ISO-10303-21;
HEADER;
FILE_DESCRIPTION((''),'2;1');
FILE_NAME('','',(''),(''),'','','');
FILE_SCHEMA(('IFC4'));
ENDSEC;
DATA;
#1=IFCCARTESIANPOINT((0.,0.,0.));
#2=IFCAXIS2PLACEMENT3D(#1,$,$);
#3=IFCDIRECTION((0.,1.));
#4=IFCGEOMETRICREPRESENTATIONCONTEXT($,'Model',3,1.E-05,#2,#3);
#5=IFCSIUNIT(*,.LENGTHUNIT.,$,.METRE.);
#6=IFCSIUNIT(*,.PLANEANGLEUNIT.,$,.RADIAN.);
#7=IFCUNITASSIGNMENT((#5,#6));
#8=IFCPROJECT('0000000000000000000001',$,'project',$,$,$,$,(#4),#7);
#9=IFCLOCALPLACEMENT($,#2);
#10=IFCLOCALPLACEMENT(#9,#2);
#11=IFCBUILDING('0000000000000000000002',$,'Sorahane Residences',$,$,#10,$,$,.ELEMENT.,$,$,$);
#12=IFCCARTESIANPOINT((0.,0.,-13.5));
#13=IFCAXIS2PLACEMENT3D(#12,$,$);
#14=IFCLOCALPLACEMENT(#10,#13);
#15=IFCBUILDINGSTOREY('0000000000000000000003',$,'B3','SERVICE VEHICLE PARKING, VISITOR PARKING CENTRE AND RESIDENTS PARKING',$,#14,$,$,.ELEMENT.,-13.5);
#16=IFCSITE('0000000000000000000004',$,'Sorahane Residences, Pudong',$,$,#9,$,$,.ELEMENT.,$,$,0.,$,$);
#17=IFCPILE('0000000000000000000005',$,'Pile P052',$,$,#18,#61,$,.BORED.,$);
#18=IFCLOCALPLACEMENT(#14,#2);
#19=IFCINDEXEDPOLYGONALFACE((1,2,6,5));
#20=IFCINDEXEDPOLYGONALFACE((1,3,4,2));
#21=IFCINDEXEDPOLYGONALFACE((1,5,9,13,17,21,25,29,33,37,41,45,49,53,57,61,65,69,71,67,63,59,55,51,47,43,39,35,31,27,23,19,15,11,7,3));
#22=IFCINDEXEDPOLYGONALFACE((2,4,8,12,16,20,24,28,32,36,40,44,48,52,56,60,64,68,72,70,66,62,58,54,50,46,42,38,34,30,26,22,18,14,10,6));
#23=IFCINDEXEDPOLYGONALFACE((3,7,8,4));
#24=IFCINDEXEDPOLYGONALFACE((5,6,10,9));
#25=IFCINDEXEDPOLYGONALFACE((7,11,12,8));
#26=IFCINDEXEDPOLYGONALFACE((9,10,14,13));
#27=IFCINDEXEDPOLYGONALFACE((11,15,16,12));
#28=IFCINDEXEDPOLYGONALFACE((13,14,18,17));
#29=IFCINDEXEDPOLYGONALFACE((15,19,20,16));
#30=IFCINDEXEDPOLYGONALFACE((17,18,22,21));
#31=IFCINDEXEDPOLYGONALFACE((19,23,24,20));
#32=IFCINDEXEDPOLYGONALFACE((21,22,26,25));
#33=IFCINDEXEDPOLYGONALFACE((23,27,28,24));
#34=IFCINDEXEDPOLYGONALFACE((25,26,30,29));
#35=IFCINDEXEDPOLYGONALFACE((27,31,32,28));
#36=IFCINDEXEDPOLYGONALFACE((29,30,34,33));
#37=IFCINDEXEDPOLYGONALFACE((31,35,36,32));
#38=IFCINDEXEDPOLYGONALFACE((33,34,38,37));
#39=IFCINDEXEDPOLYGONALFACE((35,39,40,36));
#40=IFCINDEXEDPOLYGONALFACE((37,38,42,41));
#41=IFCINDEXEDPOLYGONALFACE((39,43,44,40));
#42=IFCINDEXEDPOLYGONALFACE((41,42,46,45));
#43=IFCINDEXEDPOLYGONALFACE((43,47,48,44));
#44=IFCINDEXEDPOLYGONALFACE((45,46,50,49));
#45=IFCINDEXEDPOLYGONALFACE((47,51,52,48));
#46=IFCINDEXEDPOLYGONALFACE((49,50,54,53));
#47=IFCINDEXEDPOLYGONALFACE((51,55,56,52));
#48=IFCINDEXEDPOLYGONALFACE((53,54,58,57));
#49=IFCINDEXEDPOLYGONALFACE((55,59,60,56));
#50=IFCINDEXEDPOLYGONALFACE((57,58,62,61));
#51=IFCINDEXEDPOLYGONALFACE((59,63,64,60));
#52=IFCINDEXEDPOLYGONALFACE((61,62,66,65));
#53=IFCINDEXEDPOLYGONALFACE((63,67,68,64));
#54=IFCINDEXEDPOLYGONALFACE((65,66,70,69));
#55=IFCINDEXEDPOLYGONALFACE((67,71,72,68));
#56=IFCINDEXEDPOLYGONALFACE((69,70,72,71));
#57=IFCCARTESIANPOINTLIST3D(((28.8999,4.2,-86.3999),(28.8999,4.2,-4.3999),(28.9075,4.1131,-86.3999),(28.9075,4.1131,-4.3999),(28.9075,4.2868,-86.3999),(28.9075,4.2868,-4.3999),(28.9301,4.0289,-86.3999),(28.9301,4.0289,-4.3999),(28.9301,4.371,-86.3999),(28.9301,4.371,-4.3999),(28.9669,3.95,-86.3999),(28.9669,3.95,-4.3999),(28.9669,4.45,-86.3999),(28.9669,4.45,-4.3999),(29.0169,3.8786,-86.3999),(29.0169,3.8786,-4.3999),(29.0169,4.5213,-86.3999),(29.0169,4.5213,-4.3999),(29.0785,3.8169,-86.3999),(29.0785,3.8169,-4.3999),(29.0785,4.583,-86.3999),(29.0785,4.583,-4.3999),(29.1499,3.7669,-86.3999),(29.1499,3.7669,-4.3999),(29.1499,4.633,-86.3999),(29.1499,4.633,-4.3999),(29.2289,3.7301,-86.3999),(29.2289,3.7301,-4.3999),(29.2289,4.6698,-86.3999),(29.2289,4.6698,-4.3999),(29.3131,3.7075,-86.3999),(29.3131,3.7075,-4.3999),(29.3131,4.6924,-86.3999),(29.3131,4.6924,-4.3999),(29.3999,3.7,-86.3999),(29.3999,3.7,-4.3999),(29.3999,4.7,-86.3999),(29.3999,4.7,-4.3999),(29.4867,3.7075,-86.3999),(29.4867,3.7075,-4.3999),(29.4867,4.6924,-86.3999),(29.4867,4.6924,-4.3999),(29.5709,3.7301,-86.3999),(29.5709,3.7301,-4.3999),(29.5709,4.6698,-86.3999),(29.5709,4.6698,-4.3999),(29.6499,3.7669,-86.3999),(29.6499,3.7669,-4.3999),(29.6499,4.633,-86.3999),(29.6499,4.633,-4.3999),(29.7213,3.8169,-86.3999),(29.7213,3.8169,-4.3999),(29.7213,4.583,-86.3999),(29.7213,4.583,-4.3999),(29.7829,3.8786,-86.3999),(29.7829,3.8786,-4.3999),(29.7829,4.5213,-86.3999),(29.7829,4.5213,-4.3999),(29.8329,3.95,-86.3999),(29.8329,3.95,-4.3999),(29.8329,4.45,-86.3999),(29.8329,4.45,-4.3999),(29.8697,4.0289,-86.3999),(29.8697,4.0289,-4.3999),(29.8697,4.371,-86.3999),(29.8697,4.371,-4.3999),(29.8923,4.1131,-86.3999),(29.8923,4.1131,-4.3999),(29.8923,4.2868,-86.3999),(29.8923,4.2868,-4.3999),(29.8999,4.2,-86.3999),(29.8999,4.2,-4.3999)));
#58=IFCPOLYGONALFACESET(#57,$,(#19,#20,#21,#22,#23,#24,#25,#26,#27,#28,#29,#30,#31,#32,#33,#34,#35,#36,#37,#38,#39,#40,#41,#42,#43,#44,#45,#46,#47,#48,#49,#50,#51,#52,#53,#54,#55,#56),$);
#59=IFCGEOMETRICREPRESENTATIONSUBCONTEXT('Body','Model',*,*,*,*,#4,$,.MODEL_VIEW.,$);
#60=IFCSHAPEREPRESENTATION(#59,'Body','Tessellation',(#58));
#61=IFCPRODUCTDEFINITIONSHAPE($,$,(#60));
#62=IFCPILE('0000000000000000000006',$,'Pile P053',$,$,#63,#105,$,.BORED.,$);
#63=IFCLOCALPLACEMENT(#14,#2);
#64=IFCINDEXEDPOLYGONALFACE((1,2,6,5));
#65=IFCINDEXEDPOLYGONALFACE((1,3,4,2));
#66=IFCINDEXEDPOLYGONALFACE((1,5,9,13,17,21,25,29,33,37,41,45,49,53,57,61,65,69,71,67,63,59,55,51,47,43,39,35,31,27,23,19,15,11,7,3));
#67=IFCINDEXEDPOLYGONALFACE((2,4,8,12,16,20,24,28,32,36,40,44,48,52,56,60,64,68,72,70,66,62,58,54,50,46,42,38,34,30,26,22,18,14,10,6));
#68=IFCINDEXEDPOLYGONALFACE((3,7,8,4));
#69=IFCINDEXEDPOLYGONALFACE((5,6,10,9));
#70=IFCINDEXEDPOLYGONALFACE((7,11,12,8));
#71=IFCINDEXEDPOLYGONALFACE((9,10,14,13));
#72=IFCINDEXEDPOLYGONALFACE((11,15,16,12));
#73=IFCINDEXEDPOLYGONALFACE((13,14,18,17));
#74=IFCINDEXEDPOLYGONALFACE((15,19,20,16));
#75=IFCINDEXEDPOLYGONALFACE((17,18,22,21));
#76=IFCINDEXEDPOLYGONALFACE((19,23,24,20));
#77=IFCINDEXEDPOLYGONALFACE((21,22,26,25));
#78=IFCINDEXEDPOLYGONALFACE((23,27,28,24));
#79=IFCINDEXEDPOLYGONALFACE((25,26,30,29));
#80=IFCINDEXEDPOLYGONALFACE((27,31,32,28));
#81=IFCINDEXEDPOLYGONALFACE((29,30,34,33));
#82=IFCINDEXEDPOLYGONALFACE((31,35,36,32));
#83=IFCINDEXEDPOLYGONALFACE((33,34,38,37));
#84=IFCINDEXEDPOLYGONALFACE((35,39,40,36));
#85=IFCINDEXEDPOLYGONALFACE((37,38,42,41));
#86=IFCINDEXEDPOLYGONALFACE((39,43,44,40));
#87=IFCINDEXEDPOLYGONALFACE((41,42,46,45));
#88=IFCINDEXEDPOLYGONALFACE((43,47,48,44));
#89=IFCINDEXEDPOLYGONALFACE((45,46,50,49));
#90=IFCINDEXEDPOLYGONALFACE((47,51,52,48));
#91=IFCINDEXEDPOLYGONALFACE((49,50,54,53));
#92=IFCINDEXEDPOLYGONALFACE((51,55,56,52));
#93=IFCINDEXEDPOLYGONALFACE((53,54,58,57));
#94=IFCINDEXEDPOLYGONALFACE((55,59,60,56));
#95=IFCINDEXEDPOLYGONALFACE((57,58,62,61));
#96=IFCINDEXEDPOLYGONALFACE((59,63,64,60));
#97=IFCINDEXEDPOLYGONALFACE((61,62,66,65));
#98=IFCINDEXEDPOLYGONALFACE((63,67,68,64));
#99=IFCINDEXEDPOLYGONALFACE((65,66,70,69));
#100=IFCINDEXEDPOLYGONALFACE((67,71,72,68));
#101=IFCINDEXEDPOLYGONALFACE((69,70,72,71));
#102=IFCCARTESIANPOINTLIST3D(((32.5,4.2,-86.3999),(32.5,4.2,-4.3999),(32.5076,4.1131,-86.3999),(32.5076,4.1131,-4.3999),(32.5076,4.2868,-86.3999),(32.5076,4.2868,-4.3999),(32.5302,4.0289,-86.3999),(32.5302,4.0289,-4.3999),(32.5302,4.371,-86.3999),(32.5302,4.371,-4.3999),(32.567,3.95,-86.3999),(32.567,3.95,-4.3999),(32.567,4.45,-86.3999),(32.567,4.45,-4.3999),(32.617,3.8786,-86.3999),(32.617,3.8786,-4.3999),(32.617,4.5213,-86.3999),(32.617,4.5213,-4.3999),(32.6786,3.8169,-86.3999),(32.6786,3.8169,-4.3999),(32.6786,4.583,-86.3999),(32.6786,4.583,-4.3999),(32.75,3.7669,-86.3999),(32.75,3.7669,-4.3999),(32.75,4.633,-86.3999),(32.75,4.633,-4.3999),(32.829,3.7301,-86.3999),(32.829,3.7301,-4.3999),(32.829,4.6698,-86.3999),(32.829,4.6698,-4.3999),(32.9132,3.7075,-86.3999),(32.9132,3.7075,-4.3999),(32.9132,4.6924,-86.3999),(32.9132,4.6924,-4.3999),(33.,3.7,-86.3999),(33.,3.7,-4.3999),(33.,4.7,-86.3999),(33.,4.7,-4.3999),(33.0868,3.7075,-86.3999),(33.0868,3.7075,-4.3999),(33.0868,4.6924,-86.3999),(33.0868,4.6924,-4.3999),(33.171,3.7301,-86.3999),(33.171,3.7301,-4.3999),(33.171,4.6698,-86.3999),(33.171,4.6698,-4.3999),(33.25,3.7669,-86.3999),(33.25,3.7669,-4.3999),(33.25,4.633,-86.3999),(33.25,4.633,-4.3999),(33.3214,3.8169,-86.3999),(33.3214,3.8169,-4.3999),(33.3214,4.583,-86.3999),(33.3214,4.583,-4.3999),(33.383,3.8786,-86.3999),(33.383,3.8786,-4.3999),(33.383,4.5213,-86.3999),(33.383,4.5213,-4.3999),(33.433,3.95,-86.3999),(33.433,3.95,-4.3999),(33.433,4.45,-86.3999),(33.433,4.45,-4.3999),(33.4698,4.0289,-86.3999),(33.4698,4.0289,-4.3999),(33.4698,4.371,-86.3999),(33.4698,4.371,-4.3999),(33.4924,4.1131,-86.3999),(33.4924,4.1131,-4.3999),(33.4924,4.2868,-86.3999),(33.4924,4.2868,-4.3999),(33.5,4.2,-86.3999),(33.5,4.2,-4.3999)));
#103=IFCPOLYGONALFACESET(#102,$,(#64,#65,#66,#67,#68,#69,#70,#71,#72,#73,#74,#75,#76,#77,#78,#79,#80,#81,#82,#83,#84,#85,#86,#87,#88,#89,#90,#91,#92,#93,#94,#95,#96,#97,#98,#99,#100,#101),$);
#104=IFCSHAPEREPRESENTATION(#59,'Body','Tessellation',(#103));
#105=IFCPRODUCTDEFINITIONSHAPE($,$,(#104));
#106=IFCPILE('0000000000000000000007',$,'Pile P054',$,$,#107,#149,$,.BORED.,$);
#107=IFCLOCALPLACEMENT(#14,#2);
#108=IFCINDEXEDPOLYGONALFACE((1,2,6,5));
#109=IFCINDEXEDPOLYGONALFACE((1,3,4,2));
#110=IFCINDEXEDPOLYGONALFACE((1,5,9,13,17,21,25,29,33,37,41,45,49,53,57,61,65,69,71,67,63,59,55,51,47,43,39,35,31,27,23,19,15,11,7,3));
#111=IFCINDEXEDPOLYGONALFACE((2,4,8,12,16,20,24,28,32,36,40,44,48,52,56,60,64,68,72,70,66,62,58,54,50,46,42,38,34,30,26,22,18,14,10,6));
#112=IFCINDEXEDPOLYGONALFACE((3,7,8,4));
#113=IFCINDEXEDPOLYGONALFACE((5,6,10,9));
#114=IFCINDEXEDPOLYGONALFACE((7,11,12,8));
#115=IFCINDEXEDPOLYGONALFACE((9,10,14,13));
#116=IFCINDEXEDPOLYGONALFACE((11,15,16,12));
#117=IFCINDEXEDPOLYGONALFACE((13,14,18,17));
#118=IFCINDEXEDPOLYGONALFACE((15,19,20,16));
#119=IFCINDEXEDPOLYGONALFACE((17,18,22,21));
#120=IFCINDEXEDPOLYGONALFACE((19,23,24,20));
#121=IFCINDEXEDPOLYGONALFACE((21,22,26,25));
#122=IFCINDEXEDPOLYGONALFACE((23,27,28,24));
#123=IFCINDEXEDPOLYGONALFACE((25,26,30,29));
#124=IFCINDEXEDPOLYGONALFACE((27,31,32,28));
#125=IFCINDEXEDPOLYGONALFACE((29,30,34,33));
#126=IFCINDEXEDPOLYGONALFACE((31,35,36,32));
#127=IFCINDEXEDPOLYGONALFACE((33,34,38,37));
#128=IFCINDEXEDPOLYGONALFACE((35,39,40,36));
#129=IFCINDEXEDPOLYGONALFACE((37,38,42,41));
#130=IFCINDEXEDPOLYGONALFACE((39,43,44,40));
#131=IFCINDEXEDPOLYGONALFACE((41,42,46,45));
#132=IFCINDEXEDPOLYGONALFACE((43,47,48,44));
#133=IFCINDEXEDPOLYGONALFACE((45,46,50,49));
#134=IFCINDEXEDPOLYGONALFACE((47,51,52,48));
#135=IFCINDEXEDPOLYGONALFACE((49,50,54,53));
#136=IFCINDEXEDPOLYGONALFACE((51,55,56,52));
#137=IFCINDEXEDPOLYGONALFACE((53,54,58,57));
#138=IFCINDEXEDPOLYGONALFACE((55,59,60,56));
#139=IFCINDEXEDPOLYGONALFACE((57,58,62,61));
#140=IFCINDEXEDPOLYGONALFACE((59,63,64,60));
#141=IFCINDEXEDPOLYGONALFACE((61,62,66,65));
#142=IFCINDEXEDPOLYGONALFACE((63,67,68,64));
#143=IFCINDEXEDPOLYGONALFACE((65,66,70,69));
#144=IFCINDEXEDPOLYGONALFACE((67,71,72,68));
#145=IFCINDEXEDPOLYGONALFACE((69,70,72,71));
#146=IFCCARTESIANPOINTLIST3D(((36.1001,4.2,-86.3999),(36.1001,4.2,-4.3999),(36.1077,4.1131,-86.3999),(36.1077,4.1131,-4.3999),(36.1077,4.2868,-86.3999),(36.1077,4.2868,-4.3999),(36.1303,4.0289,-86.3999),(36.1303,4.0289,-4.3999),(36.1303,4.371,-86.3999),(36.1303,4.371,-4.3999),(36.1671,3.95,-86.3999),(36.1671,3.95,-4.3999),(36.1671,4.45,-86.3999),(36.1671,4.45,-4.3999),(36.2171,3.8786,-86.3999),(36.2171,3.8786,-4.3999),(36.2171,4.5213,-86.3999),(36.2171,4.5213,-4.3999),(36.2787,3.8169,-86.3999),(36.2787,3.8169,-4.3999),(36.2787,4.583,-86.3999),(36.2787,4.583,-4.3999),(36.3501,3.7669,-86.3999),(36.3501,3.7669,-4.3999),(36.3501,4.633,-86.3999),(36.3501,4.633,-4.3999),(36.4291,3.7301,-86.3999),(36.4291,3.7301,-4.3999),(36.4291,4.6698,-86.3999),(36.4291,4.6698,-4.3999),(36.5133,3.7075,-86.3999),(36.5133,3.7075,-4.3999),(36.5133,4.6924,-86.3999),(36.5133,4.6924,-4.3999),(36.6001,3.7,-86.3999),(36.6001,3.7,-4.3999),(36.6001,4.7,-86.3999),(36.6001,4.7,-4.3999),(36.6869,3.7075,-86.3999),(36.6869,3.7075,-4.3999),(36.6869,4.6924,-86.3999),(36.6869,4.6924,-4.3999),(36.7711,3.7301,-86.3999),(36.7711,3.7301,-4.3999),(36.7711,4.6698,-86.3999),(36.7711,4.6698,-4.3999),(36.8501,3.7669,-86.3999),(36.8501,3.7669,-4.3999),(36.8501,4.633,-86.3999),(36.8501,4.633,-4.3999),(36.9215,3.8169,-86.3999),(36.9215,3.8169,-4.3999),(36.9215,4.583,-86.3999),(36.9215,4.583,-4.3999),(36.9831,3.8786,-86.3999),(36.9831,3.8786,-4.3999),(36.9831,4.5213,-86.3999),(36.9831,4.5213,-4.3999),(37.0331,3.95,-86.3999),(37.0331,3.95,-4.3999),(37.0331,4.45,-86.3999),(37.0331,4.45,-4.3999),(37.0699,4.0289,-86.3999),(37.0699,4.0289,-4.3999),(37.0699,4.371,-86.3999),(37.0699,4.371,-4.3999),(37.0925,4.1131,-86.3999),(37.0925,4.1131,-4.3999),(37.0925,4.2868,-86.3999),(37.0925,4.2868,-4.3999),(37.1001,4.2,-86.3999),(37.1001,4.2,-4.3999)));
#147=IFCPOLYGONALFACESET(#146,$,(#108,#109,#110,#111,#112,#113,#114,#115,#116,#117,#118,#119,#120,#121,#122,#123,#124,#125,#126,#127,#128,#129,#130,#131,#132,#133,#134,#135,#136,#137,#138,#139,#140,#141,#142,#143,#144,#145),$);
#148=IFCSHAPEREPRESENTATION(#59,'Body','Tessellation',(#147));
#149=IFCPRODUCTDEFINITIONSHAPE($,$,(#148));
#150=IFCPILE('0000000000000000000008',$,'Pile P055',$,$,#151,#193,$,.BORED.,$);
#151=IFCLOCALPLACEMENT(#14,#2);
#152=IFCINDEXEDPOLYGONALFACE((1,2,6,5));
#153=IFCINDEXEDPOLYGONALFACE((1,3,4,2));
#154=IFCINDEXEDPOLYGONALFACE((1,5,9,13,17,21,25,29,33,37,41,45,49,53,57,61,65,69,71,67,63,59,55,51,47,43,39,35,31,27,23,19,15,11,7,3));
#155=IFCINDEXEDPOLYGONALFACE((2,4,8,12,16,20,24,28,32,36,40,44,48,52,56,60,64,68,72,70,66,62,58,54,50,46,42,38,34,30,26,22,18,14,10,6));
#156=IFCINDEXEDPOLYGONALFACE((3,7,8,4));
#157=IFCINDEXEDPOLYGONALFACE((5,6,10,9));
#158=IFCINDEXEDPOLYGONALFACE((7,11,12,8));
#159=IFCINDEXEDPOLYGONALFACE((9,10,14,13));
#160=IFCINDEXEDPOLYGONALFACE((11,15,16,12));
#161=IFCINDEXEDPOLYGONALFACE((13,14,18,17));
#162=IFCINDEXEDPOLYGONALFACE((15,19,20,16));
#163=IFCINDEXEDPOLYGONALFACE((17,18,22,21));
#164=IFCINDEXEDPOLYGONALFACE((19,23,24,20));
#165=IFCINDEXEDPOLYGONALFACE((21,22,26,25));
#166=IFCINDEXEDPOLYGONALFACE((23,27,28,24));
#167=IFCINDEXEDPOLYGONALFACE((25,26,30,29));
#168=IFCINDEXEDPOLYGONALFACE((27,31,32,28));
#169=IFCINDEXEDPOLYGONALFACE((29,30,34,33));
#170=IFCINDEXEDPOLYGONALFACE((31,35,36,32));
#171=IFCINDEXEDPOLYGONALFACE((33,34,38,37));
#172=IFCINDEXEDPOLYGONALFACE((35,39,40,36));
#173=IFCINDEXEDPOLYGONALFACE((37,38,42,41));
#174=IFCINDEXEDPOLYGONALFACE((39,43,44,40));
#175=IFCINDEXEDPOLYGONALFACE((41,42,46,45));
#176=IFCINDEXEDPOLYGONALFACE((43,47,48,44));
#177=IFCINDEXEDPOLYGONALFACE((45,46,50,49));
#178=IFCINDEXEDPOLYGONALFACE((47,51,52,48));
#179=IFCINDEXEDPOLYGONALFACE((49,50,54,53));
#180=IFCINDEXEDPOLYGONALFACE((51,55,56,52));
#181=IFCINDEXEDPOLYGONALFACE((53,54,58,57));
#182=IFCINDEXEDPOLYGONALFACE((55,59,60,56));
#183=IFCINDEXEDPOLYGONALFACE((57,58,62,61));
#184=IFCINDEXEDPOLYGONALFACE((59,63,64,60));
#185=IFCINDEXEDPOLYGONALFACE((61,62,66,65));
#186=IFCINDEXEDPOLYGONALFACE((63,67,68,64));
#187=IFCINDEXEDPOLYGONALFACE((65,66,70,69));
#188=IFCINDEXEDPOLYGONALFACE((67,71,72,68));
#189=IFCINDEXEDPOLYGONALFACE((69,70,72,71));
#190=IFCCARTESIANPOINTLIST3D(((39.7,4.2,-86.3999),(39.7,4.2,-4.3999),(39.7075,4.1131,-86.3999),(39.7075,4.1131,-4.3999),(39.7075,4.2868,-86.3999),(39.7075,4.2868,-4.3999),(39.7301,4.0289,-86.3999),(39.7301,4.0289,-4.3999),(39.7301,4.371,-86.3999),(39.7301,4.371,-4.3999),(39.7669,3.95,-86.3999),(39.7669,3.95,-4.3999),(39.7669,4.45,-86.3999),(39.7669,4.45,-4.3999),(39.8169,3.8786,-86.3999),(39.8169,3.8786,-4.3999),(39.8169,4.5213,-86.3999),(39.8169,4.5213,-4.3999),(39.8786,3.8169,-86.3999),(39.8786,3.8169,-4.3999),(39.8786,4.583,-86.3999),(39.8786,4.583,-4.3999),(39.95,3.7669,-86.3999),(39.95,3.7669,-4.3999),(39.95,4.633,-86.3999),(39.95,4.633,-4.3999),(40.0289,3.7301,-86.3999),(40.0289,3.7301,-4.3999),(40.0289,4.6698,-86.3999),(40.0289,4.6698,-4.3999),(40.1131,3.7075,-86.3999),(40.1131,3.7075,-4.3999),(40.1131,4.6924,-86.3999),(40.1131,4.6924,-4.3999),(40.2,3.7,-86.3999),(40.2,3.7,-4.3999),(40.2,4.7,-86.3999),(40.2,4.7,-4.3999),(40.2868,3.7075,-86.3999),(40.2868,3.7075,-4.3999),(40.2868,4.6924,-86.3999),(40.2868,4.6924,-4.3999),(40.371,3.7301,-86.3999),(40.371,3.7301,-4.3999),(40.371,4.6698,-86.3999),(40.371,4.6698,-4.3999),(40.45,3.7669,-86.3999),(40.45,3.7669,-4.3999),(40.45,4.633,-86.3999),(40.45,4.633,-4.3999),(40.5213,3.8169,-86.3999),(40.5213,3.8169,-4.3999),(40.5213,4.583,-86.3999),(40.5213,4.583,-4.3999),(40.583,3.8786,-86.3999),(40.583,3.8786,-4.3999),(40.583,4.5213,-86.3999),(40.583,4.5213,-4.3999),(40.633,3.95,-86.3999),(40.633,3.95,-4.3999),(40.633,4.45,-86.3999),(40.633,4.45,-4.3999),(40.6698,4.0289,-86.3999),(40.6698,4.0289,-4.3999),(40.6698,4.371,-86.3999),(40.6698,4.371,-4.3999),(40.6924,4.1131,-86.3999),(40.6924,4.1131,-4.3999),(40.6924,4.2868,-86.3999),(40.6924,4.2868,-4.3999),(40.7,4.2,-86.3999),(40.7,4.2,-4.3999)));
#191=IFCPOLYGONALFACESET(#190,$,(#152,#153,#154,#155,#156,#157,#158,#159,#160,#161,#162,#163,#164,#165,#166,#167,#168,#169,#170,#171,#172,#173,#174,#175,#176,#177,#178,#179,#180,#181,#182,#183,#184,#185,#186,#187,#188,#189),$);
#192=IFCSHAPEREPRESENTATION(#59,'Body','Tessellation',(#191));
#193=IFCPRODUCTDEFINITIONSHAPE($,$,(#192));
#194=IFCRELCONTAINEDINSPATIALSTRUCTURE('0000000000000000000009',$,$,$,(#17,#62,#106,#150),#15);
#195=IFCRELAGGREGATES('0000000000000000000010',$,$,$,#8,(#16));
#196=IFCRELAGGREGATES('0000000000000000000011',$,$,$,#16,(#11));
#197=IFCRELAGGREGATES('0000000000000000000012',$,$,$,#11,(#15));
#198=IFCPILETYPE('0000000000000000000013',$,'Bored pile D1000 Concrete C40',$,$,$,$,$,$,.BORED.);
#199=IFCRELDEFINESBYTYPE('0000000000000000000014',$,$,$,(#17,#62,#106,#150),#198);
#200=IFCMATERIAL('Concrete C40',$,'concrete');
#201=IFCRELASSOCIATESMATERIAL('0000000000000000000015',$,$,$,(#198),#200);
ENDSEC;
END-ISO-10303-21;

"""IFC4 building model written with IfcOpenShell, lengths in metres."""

from ifc_helpers import new_model, si_unit, direction, frame, origin, origin_2d, place, context, subcontext, project, spatial, circle, extrude, material, material_profile, profile_set, type_object, element, save


model = new_model("IFC4")

# Units and contexts
model_context = context("Model", 3, precision=1e-05, world=origin(), true_north=direction((0.0, 1.0)))
body_context = subcontext(model_context, "Body", "Model", "MODEL_VIEW")
ifc_project = project(units=[si_unit("LENGTHUNIT", "METRE"), si_unit("PLANEANGLEUNIT", "RADIAN")], contexts=[model_context])

# Site, building, storey
site_placement = place(None, origin())
site = spatial("IfcSite", under=ifc_project, at=site_placement, Name="Sorahane Residences, Pudong", CompositionType="ELEMENT", RefElevation=0.0)
building_placement = place(site_placement, origin())
building = spatial("IfcBuilding", under=site, at=building_placement, Name="Sorahane Residences", CompositionType="ELEMENT")
storey_placement = place(building_placement, frame((0.0, 0.0, -13.5)))
storey = spatial("IfcBuildingStorey", under=building, at=storey_placement, Name="B3", Description="SERVICE VEHICLE PARKING, VISITOR PARKING CENTRE AND RESIDENTS PARKING", CompositionType="ELEMENT", Elevation=-13.5)

# Piles
ifc_material_1 = material(Name="Concrete C40", Category="concrete")
ifc_material_profile_1 = material_profile(ifc_material_1, circle(Radius=0.5, at=origin_2d()), Name="D1000")
ifc_profile_set_1 = profile_set([ifc_material_profile_1], Name="Concrete C40")
pile_type = type_object("IfcPileType", Name="Bored pile D1000 Concrete C40", PredefinedType="BORED", material=ifc_profile_set_1)
for number, where, z_axis, x_axis, name in (
    (1, (29.3999, 4.2, -4.3999), (0.0, 0.0, -1.0), (1.0, 0.0, 0.0), "Pile P052"),
    (2, (33.0, 4.2, -4.3999), (0.0, 0.0, -1.0), (1.0, 0.0, 0.0), "Pile P053"),
    (3, (36.6001, 4.2, -4.3999), (0.0, 0.0, -1.0), (1.0, 0.0, 0.0), "Pile P054"),
    (4, (40.2, 4.2, -4.3999), (0.0, 0.0, -1.0), (1.0, 0.0, 0.0), "Pile P055"),
):
    element("IfcPile", number, at=place(storey_placement, frame(where, z_axis=z_axis, x_axis=x_axis)), inside=storey, type_object=pile_type, Name=name, PredefinedType="BORED", context=body_context, shape_type="SweptSolid", body=[
        extrude(circle(Radius=0.5, at=origin_2d()), origin(), (0.0, 0.0, 1.0), 82.0),
    ])

save(model, "model.ifc")
